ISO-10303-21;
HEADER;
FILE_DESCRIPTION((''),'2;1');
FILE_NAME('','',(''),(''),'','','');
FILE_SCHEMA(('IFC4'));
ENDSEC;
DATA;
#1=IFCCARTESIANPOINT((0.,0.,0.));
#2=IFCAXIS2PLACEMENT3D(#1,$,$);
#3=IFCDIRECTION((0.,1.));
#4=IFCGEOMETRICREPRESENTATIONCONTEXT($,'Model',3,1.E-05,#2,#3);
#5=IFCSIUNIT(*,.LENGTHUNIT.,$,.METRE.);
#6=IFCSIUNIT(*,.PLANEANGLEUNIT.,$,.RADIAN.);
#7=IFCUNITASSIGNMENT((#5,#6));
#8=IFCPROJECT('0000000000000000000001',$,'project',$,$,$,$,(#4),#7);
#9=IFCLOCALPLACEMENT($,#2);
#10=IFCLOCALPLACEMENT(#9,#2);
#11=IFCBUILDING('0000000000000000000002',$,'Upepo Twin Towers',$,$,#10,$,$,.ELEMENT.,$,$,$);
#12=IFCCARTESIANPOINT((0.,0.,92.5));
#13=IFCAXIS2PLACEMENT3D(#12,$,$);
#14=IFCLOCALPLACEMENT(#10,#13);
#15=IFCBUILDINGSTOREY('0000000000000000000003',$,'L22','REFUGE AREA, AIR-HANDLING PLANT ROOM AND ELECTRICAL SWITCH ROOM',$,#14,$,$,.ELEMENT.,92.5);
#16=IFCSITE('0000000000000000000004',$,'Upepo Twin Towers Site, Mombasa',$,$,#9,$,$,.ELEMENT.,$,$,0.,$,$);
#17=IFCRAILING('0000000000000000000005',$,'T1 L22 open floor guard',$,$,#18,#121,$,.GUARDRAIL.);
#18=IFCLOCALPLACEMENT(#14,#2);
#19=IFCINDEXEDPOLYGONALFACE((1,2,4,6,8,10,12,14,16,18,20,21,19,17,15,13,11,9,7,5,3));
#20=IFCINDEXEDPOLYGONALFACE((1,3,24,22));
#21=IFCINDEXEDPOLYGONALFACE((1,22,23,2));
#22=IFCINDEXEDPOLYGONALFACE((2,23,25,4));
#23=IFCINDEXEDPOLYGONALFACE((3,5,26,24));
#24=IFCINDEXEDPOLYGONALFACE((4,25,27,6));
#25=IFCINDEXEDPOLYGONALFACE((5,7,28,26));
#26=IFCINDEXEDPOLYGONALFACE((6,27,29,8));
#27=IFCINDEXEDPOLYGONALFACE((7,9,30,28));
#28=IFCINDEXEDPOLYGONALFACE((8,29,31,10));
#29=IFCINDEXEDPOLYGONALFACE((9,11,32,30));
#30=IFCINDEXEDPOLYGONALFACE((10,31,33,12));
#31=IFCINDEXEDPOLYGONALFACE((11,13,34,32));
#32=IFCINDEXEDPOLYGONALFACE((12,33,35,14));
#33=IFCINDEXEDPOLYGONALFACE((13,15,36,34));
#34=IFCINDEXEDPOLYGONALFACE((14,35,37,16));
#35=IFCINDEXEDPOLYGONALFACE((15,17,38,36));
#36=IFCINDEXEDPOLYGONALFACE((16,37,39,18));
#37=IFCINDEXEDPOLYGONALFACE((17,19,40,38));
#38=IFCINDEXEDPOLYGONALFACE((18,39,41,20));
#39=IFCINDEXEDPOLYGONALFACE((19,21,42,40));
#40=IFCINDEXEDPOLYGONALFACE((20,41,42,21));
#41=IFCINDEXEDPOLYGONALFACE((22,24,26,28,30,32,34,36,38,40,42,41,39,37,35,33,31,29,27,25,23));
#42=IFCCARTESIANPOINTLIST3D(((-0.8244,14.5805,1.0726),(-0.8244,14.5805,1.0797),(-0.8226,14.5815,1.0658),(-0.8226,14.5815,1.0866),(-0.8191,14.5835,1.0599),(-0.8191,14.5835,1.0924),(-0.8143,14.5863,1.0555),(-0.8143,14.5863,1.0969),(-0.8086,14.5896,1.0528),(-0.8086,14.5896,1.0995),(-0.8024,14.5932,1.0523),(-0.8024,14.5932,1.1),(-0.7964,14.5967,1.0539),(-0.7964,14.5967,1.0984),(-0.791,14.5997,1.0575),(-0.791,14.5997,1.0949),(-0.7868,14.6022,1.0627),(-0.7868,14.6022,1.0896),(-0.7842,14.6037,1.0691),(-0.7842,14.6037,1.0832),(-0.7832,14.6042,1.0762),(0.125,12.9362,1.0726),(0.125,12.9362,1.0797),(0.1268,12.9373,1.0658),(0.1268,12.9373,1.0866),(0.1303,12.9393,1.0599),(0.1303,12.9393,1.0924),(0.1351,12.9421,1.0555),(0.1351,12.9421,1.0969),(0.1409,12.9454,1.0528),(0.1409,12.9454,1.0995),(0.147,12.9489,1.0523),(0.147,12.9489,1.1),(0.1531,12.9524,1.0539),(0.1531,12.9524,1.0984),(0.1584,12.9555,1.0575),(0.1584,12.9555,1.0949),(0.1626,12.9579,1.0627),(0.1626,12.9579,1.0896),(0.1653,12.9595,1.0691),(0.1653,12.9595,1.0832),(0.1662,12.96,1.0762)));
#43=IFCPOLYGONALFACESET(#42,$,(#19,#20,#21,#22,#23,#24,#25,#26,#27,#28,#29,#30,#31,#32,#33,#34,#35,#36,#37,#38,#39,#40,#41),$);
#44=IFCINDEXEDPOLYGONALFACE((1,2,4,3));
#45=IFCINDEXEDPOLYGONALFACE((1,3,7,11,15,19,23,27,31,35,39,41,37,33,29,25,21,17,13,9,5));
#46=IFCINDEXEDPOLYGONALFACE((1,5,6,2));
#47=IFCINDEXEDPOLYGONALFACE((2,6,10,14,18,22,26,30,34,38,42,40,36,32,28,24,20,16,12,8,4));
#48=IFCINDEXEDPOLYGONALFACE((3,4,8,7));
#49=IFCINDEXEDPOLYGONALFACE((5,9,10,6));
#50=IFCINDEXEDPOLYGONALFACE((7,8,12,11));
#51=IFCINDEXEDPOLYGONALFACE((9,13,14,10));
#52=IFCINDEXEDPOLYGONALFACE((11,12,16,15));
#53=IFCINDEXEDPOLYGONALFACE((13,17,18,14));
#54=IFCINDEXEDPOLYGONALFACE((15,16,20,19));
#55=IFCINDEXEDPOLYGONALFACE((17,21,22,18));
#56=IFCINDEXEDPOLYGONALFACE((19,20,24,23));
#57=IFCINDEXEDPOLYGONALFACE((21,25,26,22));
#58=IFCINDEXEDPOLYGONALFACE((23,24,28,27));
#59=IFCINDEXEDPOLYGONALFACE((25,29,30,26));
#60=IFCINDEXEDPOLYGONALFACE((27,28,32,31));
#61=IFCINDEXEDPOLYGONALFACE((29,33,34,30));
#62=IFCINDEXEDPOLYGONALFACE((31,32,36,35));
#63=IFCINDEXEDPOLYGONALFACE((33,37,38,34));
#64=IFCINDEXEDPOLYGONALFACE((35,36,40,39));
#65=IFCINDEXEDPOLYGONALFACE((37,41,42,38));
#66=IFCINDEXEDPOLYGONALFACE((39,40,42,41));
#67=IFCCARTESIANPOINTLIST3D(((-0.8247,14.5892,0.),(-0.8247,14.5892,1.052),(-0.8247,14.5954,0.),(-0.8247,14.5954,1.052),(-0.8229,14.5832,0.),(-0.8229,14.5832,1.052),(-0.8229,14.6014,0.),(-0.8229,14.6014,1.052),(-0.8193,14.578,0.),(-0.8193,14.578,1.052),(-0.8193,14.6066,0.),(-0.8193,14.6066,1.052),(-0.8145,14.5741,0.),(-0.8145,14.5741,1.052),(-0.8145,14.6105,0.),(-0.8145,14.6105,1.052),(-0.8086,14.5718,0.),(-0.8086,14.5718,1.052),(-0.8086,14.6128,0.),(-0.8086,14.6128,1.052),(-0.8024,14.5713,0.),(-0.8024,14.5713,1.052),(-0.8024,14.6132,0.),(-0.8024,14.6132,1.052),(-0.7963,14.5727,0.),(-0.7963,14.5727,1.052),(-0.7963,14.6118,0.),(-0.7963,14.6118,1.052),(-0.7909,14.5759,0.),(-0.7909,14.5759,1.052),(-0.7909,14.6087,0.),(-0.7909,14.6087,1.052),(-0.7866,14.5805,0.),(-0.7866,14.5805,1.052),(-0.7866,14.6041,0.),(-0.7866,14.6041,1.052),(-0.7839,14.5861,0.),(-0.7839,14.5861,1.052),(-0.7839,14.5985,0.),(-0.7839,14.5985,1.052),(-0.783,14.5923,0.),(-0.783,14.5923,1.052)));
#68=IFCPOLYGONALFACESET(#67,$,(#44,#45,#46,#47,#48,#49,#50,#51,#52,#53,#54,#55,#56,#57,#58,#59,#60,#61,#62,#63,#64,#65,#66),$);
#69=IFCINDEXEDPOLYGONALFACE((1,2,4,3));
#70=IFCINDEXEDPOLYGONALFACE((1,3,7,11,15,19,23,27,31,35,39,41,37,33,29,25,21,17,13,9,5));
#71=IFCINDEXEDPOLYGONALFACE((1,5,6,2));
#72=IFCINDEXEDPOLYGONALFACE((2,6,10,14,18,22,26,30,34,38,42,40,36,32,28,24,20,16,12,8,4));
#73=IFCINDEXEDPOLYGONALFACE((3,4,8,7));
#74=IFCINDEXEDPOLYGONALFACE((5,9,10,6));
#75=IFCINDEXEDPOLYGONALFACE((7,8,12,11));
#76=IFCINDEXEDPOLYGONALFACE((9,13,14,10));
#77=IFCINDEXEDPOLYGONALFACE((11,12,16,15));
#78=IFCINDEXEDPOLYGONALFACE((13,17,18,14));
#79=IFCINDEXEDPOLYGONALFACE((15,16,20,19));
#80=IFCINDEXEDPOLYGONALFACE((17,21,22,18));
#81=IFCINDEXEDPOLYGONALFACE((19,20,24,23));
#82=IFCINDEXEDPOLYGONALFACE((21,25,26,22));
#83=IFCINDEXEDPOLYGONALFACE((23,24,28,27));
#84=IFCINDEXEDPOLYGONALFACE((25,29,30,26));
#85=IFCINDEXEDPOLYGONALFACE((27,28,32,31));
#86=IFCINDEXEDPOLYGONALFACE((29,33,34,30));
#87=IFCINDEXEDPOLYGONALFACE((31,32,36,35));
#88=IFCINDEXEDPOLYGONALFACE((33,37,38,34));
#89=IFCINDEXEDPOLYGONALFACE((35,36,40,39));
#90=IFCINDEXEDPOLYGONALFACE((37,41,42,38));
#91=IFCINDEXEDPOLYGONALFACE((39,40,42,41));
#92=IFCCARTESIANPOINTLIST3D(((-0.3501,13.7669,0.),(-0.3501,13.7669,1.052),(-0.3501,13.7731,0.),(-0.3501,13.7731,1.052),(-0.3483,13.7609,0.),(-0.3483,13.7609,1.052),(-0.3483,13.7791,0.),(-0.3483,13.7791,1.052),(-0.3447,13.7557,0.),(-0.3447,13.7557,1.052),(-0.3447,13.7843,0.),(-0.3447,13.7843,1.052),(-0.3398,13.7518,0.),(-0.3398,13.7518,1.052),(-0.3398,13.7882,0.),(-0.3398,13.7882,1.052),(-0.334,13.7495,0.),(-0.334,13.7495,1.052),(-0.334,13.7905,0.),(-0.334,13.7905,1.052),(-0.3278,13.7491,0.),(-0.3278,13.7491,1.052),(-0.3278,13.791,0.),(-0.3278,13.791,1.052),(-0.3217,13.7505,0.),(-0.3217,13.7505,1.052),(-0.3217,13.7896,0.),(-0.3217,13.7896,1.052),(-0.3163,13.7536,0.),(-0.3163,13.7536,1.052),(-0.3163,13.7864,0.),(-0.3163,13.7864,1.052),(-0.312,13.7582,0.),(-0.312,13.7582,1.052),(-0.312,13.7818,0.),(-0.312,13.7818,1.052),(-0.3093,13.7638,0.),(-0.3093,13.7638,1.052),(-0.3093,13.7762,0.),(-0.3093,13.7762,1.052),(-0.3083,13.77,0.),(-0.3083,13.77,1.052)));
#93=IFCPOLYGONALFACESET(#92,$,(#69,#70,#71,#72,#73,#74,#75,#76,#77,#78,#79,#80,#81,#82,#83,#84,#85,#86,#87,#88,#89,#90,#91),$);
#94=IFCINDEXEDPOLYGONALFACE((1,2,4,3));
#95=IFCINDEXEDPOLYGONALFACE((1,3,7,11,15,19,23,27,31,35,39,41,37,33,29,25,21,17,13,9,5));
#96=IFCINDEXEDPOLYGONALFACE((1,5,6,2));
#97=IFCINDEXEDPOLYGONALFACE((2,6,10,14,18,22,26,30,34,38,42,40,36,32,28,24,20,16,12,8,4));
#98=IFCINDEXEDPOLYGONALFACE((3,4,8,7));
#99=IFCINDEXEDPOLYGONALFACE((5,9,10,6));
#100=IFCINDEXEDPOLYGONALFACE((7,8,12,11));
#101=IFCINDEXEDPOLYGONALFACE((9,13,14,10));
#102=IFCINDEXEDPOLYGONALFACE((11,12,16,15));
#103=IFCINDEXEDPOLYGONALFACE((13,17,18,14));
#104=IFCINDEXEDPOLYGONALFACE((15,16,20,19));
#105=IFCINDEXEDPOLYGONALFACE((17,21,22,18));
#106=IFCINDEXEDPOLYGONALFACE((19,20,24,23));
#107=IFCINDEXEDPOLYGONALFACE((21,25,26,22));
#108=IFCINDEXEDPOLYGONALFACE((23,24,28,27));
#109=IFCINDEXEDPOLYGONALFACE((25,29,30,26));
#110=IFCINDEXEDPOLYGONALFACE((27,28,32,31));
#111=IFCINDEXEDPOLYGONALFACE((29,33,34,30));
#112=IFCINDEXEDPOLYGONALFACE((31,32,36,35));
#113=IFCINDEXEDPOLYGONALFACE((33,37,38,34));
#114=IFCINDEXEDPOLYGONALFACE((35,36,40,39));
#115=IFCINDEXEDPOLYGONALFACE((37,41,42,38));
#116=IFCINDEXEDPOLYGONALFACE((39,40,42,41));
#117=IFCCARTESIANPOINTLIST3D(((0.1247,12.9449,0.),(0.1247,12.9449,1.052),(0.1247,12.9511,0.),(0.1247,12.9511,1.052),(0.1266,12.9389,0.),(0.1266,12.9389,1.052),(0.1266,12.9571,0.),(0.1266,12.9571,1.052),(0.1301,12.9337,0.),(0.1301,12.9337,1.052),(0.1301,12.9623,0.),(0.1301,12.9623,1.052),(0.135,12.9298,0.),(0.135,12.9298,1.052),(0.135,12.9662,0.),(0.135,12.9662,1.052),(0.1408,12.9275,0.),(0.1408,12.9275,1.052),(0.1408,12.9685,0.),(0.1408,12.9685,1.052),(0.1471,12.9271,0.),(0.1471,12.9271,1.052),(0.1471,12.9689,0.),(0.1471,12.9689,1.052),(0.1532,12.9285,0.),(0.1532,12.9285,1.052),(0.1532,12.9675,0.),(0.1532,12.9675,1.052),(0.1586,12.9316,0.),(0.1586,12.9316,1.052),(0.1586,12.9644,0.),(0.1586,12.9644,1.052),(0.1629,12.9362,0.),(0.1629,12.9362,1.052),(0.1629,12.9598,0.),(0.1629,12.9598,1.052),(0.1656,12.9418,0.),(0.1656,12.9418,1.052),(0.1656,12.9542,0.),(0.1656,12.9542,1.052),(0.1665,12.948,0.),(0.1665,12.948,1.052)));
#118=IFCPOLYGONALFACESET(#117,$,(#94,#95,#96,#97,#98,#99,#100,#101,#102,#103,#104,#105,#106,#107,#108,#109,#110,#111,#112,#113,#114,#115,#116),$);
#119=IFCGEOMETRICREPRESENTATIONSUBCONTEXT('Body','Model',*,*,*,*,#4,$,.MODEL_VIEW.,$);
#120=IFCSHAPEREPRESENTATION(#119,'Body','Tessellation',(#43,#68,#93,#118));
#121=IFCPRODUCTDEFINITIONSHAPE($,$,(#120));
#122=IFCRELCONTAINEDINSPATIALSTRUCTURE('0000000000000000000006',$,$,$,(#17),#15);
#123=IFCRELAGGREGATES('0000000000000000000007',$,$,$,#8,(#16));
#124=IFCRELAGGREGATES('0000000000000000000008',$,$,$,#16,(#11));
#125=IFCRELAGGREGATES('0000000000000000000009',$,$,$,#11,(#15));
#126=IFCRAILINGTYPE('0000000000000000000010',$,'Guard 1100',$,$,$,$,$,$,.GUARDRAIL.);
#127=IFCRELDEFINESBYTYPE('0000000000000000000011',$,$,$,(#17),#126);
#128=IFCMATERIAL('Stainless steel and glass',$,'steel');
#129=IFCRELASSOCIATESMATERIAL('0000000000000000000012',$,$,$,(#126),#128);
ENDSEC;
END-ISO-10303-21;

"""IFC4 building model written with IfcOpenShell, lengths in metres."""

from ifc_helpers import new_model, si_unit, direction, frame, origin, origin_2d, place, context, subcontext, project, spatial, circle, extrude, material, type_object, element, save


model = new_model("IFC4")

# Units and contexts
model_context = context("Model", 3, precision=1e-05, world=origin(), true_north=direction((0.0, 1.0)))
body_context = subcontext(model_context, "Body", "Model", "MODEL_VIEW")
ifc_project = project(units=[si_unit("LENGTHUNIT", "METRE"), si_unit("PLANEANGLEUNIT", "RADIAN")], contexts=[model_context])

# Site, building, storey
site_placement = place(None, origin())
site = spatial("IfcSite", under=ifc_project, at=site_placement, Name="Upepo Twin Towers Site, Mombasa", CompositionType="ELEMENT", RefElevation=0.0)
building_placement = place(site_placement, origin())
building = spatial("IfcBuilding", under=site, at=building_placement, Name="Upepo Twin Towers", CompositionType="ELEMENT")
storey_placement = place(building_placement, frame((0.0, 0.0, 92.5)))
storey = spatial("IfcBuildingStorey", under=building, at=storey_placement, Name="L22", Description="REFUGE AREA, AIR-HANDLING PLANT ROOM AND ELECTRICAL SWITCH ROOM", CompositionType="ELEMENT", Elevation=92.5)

# Railing
ifc_material_1 = material(Name="Stainless steel and glass", Category="steel")
railing_type = type_object("IfcRailingType", Name="Guard 1100", PredefinedType="GUARDRAIL", material=ifc_material_1)
railing_placement = place(storey_placement, frame((-0.804, 14.5923, 0.0)))
element("IfcRailing", 1, at=railing_placement, inside=storey, type_object=railing_type, Name="T1 L22 open floor guard", PredefinedType="GUARDRAIL", context=body_context, shape_type="SweptSolid", body=[
    extrude(circle(Radius=0.0239, at=origin_2d()), frame((0.0, 0.0, 1.0762), z_axis=(0.500053, -0.865995, 0.0), x_axis=(0.865995, 0.500053, 0.0)), (0.0, 0.0, 1.0), 1.8987),
    extrude(circle(Radius=0.021, at=origin_2d()), origin(), (0.0, 0.0, 1.0), 1.052),
    extrude(circle(Radius=0.021, at=origin_2d()), frame((0.4746, -0.8223, 0.0)), (0.0, 0.0, 1.0), 1.052),
    extrude(circle(Radius=0.021, at=origin_2d()), frame((0.9495, -1.6443, 0.0)), (0.0, 0.0, 1.0), 1.052),
])

save(model, "model.ifc")
